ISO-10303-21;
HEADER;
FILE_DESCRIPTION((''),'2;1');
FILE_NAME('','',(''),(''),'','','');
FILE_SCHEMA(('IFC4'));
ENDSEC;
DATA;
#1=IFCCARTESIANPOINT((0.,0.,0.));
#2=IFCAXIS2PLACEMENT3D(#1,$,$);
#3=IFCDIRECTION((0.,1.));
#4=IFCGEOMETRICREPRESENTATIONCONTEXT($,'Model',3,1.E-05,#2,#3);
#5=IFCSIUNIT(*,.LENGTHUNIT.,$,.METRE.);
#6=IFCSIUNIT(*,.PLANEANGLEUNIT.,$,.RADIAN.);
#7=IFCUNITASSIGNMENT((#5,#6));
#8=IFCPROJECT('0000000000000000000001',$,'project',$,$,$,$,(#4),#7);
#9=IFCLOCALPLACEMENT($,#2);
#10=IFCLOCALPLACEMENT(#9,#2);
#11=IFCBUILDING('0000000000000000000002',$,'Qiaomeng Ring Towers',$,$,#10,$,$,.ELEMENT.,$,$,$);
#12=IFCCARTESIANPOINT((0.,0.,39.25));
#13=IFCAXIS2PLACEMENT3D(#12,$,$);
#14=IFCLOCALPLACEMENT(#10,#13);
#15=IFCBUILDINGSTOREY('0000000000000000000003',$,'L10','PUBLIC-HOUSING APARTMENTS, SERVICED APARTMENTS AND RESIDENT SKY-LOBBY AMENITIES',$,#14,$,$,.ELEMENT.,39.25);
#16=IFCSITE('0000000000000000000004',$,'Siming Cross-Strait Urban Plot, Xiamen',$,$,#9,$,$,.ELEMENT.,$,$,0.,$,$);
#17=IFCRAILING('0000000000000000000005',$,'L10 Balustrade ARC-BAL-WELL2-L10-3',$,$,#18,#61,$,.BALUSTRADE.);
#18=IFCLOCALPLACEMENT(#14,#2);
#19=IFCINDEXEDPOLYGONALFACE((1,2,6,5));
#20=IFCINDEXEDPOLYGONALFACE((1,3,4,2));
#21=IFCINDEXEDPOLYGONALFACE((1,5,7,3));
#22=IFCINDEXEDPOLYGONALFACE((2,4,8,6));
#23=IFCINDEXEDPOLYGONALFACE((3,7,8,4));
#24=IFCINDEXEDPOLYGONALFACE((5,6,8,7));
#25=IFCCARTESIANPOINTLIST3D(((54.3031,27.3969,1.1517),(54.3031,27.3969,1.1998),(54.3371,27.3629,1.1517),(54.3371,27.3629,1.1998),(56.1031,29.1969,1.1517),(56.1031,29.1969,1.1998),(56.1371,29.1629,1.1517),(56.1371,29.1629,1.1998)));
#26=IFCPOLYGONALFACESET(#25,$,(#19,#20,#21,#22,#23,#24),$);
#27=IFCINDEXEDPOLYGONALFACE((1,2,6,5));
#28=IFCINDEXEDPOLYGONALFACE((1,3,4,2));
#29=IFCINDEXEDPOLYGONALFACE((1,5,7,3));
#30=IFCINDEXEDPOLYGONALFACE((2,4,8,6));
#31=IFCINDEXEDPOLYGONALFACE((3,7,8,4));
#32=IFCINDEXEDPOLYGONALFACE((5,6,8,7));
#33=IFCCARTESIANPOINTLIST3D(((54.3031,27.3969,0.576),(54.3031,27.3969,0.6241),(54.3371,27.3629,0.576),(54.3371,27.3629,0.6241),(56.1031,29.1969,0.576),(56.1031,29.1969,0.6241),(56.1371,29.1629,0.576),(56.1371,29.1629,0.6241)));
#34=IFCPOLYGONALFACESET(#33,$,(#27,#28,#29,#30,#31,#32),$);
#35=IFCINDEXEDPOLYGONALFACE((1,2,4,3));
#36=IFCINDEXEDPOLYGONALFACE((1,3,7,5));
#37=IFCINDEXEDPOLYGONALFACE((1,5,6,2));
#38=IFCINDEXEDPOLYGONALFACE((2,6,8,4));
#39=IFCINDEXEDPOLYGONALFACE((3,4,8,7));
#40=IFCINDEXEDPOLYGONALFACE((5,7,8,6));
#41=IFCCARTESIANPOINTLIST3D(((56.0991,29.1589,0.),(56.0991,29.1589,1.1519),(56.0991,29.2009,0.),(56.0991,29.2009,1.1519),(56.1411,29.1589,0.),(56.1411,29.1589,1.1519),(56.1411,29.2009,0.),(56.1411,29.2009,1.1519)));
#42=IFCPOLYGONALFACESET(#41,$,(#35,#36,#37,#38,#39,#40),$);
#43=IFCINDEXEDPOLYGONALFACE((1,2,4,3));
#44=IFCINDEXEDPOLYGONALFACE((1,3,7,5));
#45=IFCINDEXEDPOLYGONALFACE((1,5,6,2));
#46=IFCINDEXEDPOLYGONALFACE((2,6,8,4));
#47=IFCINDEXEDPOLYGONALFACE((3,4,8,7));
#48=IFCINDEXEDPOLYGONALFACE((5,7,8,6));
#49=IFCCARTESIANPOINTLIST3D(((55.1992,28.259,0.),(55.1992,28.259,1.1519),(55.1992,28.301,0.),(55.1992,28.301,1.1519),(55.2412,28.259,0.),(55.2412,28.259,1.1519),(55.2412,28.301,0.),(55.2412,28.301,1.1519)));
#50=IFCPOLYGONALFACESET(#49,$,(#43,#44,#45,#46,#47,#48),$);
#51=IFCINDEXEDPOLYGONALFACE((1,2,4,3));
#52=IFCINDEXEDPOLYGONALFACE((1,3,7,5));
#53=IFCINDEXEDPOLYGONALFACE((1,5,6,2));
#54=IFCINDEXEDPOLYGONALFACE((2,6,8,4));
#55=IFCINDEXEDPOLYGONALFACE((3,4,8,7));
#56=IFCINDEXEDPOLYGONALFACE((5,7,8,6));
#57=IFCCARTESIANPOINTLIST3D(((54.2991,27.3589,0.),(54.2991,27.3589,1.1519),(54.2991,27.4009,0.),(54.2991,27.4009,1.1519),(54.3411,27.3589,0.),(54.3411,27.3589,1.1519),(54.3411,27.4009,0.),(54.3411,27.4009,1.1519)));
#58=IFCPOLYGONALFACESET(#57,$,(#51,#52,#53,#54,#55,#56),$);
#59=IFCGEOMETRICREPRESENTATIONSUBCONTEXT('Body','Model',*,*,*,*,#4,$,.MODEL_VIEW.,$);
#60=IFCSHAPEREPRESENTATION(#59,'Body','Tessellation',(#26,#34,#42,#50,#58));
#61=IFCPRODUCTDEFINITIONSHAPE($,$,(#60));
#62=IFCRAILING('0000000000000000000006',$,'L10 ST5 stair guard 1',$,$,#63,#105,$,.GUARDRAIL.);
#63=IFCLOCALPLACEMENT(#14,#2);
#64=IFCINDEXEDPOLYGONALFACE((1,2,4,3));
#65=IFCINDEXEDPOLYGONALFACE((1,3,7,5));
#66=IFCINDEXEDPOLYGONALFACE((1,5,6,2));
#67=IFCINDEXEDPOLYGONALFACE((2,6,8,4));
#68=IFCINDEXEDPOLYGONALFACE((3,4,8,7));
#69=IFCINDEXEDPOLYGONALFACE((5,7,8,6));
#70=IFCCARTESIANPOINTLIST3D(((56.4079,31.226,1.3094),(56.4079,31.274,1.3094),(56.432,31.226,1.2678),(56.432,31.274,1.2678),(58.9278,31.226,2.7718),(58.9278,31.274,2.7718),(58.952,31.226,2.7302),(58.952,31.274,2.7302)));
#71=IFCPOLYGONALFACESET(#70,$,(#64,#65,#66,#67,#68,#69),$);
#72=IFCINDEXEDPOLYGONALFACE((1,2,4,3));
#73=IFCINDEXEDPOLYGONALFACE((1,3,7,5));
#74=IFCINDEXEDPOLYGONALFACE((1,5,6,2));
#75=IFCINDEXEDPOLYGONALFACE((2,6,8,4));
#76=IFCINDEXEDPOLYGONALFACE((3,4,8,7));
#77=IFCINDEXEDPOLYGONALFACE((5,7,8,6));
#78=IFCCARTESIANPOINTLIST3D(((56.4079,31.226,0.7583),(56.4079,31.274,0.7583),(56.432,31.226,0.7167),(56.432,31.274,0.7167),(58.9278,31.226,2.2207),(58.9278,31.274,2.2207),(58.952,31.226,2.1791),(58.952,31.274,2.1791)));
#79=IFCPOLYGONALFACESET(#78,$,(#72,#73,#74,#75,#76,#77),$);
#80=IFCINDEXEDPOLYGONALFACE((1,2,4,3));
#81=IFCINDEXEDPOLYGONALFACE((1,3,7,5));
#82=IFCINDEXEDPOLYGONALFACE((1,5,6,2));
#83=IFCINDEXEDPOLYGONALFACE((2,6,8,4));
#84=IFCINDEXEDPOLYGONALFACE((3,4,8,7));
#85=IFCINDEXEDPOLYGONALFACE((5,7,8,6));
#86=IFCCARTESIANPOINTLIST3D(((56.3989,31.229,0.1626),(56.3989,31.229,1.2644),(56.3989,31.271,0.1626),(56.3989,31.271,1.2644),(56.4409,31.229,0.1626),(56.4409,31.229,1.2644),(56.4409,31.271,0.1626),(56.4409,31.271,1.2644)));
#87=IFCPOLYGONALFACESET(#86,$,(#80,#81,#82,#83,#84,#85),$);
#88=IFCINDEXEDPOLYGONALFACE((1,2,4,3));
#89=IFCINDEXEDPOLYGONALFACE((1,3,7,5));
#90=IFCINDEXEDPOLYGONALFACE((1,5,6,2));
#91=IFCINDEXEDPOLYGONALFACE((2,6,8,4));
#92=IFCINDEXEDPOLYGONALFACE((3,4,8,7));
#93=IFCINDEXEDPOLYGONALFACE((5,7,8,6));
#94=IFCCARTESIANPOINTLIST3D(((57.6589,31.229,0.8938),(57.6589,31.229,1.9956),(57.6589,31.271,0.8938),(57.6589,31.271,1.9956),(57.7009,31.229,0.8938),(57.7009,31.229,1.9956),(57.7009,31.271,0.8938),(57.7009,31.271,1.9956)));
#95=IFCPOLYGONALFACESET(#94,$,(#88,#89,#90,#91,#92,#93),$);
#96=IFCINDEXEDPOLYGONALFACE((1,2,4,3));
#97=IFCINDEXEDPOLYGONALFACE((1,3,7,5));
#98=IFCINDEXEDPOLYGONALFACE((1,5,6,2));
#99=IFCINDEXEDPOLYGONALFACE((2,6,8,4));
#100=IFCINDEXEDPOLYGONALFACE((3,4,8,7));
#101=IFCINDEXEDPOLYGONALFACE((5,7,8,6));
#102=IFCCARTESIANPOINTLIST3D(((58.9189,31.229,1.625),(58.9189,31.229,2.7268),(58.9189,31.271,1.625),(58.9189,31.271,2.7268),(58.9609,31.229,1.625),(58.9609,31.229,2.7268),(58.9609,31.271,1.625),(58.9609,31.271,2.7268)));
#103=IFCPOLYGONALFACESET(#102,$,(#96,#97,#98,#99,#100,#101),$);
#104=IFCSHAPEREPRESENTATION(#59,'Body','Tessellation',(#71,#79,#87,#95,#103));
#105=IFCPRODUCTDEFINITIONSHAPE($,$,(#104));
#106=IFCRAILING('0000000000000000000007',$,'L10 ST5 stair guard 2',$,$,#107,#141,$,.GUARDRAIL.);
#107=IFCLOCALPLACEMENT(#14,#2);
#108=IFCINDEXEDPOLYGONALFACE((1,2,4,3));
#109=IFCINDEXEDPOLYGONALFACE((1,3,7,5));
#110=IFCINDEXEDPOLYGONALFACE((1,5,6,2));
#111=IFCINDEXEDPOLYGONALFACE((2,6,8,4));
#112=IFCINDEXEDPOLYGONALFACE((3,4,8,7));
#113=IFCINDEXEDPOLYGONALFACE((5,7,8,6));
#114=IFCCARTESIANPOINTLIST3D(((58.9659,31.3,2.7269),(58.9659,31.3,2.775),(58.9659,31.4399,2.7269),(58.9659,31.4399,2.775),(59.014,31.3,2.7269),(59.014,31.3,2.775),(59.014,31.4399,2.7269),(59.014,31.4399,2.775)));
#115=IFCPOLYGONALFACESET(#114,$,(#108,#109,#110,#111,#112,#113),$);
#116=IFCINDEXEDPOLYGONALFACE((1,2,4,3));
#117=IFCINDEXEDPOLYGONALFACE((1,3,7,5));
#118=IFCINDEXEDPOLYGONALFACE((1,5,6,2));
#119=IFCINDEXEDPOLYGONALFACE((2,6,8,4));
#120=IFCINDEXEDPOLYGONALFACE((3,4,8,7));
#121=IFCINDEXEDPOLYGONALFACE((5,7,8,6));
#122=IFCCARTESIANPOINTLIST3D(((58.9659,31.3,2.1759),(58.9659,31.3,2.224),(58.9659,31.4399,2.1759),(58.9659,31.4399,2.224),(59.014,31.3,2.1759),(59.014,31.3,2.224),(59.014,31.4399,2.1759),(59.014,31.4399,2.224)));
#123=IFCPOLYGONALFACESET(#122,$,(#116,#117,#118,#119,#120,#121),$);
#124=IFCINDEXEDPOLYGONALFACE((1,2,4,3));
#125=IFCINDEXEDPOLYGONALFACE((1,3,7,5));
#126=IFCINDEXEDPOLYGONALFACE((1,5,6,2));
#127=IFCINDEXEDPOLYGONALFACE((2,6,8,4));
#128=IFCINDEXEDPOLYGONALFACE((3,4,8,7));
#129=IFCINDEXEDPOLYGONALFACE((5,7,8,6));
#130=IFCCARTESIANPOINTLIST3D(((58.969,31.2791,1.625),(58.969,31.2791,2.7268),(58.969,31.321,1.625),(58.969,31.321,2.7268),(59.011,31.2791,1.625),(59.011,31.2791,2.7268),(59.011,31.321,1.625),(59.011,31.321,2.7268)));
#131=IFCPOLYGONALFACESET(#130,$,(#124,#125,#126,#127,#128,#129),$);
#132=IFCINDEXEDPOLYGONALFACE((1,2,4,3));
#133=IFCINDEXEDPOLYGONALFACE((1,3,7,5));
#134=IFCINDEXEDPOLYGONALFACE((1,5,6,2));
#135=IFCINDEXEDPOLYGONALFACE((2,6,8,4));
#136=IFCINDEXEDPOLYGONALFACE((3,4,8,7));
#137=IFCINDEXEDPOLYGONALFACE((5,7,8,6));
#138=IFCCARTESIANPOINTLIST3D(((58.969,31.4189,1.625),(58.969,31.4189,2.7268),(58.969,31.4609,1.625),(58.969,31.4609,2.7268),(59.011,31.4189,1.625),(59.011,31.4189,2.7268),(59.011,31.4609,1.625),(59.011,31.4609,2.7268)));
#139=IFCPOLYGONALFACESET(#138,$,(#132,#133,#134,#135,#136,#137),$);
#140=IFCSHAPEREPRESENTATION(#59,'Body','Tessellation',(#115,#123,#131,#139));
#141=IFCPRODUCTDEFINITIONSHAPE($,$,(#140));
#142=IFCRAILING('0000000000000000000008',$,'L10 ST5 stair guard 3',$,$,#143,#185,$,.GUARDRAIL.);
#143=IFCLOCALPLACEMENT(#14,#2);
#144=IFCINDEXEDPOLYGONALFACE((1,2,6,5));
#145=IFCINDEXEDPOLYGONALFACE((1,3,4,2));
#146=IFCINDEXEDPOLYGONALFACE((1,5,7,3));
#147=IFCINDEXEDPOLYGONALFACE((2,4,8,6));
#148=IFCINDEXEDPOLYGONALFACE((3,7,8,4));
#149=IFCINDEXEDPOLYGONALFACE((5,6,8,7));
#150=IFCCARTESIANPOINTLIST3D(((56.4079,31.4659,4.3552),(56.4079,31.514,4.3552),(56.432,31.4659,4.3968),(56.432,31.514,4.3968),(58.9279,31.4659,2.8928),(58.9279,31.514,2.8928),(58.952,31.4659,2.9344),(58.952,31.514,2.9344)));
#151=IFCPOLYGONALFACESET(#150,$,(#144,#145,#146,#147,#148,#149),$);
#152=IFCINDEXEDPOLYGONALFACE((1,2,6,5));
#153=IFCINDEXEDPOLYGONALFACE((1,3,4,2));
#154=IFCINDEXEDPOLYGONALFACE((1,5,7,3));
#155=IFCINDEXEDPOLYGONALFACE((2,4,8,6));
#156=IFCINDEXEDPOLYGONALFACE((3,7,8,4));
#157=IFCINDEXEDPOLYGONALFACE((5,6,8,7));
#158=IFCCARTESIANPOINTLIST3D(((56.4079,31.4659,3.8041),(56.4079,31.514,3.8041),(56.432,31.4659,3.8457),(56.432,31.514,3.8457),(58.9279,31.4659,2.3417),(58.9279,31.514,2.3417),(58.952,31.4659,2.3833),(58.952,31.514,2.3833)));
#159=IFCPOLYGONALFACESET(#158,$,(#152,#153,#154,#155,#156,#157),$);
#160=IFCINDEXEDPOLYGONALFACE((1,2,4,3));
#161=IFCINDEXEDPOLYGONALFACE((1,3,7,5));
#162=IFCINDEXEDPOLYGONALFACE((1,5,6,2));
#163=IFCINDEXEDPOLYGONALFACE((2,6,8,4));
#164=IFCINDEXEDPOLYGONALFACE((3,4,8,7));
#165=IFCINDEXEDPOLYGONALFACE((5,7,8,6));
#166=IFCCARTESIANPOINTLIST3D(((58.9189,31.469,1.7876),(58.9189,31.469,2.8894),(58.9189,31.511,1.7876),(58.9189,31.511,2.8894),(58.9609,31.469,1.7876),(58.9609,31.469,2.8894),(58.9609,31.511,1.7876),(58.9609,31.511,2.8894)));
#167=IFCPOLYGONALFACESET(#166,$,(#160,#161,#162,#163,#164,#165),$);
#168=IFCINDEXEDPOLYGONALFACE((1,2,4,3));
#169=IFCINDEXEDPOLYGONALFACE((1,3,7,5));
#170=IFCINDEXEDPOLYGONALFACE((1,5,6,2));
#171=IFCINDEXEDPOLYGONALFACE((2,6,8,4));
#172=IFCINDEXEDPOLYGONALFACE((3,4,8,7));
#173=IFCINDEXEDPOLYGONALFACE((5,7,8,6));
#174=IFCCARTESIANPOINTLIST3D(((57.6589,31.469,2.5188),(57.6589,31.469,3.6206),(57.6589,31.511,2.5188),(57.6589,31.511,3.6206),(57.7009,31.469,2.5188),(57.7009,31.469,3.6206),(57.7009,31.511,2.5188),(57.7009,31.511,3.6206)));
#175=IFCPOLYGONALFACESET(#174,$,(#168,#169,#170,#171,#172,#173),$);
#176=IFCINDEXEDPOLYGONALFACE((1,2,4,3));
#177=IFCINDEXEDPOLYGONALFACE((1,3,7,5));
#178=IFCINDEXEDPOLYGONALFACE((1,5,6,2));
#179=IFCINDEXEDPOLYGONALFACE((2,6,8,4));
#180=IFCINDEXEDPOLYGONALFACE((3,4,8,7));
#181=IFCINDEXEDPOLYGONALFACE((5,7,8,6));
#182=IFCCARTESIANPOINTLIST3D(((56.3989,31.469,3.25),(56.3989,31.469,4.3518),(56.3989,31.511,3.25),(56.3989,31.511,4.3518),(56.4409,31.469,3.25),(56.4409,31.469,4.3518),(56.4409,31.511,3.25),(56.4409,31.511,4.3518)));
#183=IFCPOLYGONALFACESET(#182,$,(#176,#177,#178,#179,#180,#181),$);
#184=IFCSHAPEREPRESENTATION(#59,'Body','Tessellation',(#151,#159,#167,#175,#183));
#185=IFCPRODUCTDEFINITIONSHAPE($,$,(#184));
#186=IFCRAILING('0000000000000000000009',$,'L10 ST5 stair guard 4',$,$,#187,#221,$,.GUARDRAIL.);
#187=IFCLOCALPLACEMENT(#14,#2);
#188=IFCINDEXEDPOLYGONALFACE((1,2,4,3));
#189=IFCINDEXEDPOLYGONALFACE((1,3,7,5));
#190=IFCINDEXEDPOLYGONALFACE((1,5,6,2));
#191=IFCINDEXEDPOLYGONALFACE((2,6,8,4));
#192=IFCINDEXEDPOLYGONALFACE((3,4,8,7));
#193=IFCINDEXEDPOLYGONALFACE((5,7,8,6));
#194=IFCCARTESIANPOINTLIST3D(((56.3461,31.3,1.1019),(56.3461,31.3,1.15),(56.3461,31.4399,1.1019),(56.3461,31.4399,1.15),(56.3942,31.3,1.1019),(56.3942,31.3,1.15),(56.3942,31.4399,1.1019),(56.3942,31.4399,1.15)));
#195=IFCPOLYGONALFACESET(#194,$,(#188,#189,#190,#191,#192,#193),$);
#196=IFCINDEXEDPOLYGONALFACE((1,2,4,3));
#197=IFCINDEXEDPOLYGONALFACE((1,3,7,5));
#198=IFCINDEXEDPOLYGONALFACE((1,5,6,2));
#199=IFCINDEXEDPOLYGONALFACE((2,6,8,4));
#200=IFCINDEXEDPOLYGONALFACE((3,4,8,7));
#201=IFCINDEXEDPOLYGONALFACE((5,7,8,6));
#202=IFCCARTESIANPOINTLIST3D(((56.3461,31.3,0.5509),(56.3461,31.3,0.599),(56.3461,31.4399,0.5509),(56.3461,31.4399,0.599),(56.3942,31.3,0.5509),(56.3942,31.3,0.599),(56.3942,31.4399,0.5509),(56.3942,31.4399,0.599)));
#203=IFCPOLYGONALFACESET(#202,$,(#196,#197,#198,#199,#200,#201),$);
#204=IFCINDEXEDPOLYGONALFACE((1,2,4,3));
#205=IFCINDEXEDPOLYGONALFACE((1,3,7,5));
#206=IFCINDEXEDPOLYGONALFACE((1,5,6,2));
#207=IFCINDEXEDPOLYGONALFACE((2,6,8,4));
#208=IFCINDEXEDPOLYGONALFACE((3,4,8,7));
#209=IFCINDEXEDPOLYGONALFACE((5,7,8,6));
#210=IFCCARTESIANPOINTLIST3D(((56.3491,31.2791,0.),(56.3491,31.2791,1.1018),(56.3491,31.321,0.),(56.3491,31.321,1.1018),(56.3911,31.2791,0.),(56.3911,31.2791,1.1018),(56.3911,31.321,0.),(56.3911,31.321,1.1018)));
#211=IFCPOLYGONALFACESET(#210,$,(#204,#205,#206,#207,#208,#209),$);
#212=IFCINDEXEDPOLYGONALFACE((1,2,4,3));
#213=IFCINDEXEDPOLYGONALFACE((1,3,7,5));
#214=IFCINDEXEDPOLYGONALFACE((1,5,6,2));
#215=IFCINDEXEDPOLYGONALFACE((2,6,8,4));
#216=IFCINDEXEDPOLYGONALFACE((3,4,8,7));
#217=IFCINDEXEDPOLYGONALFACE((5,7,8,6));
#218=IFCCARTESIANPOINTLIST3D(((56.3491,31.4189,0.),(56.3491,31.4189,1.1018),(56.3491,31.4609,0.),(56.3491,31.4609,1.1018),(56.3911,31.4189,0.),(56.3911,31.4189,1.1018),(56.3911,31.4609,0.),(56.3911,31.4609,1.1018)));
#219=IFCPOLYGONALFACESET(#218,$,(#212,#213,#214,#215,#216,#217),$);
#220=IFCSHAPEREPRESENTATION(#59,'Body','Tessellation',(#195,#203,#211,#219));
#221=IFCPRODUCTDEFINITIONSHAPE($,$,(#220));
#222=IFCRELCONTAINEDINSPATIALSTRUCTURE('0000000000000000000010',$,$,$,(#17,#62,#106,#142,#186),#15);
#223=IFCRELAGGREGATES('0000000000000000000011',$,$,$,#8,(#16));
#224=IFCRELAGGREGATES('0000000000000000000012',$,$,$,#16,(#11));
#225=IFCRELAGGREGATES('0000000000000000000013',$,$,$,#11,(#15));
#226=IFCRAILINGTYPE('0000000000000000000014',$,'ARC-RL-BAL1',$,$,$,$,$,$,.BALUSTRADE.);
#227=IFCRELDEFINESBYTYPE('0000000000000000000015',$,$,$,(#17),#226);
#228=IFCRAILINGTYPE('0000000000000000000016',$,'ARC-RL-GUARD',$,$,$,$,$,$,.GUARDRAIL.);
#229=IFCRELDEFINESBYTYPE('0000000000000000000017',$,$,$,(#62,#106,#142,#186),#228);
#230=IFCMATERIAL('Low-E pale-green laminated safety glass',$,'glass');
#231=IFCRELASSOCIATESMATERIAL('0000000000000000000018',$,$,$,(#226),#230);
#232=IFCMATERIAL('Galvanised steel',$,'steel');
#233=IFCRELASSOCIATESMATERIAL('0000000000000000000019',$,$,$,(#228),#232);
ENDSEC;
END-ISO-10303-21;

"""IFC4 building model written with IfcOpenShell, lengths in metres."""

from ifc_helpers import new_model, si_unit, direction, frame, origin, origin_2d, place, context, subcontext, project, spatial, rectangle, extrude, material, type_object, element, save


model = new_model("IFC4")

# Units and contexts
model_context = context("Model", 3, precision=1e-05, world=origin(), true_north=direction((0.0, 1.0)))
body_context = subcontext(model_context, "Body", "Model", "MODEL_VIEW")
ifc_project = project(units=[si_unit("LENGTHUNIT", "METRE"), si_unit("PLANEANGLEUNIT", "RADIAN")], contexts=[model_context])

# Site, building, storey
site_placement = place(None, origin())
site = spatial("IfcSite", under=ifc_project, at=site_placement, Name="Siming Cross-Strait Urban Plot, Xiamen", CompositionType="ELEMENT", RefElevation=0.0)
building_placement = place(site_placement, origin())
building = spatial("IfcBuilding", under=site, at=building_placement, Name="Qiaomeng Ring Towers", CompositionType="ELEMENT")
storey_placement = place(building_placement, frame((0.0, 0.0, 39.25)))
storey = spatial("IfcBuildingStorey", under=building, at=storey_placement, Name="L10", Description="PUBLIC-HOUSING APARTMENTS, SERVICED APARTMENTS AND RESIDENT SKY-LOBBY AMENITIES", CompositionType="ELEMENT", Elevation=39.25)

# Railings
ifc_material_1 = material(Name="Low-E pale-green laminated safety glass", Category="glass")
railing_type_1 = type_object("IfcRailingType", Name="ARC-RL-BAL1", PredefinedType="BALUSTRADE", material=ifc_material_1)
railing_1_placement = place(storey_placement, frame((56.1201, 29.1799, 0.0)))
element("IfcRailing", 1, at=railing_1_placement, inside=storey, type_object=railing_type_1, Name="L10 Balustrade ARC-BAL-WELL2-L10-3", PredefinedType="BALUSTRADE", context=body_context, shape_type="SweptSolid", body=[
    extrude(rectangle(XDim=0.0481, YDim=0.0481, at=origin_2d()), frame((0.0, 0.0, 1.1758), z_axis=(-0.707107, -0.707107, 0.0), x_axis=(0.707107, -0.707107, 0.0)), (0.0, 0.0, 1.0), 2.5457),
    extrude(rectangle(XDim=0.0481, YDim=0.0481, at=origin_2d()), frame((0.0, 0.0, 0.6001), z_axis=(-0.707107, -0.707107, 0.0), x_axis=(0.707107, -0.707107, 0.0)), (0.0, 0.0, 1.0), 2.5457),
    extrude(rectangle(XDim=0.042, YDim=0.042, at=origin_2d()), origin(), (0.0, 0.0, 1.0), 1.1519),
    extrude(rectangle(XDim=0.042, YDim=0.042, at=origin_2d()), frame((-0.8999, -0.8999, 0.0)), (0.0, 0.0, 1.0), 1.1519),
    extrude(rectangle(XDim=0.042, YDim=0.042, at=origin_2d()), frame((-1.8, -1.8, 0.0)), (0.0, 0.0, 1.0), 1.1519),
])
ifc_material_2 = material(Name="Galvanised steel", Category="steel")
railing_type_2 = type_object("IfcRailingType", Name="ARC-RL-GUARD", PredefinedType="GUARDRAIL", material=ifc_material_2)
railing_2_placement = place(storey_placement, frame((56.4199, 31.25, 0.1626)))
element("IfcRailing", 2, at=railing_2_placement, inside=storey, type_object=railing_type_2, Name="L10 ST5 stair guard 1", PredefinedType="GUARDRAIL", context=body_context, shape_type="SweptSolid", body=[
    extrude(rectangle(XDim=0.0481, YDim=0.0481, at=origin_2d()), frame((0.0, 0.0, 1.126), z_axis=(0.864913, 0.0, 0.501921), x_axis=(0.0, 1.0, 0.0)), (0.0, 0.0, 1.0), 2.9136),
    extrude(rectangle(XDim=0.0481, YDim=0.0481, at=origin_2d()), frame((0.0, 0.0, 0.575), z_axis=(0.864913, 0.0, 0.501921), x_axis=(0.0, 1.0, 0.0)), (0.0, 0.0, 1.0), 2.9136),
    extrude(rectangle(XDim=0.042, YDim=0.042, at=origin_2d()), origin(), (0.0, 0.0, 1.0), 1.1018),
    extrude(rectangle(XDim=0.042, YDim=0.042, at=origin_2d()), frame((1.26, 0.0, 0.7312)), (0.0, 0.0, 1.0), 1.1018),
    extrude(rectangle(XDim=0.042, YDim=0.042, at=origin_2d()), frame((2.52, 0.0, 1.4624)), (0.0, 0.0, 1.0), 1.1018),
])
railing_3_placement = place(storey_placement, frame((58.99, 31.3, 1.625)))
element("IfcRailing", 3, at=railing_3_placement, inside=storey, type_object=railing_type_2, Name="L10 ST5 stair guard 2", PredefinedType="GUARDRAIL", context=body_context, shape_type="SweptSolid", body=[
    extrude(rectangle(XDim=0.0481, YDim=0.0481, at=origin_2d()), frame((0.0, 0.0, 1.126), z_axis=(0.0, 1.0, 0.0), x_axis=(-1.0, 0.0, 0.0)), (0.0, 0.0, 1.0), 0.1399),
    extrude(rectangle(XDim=0.0481, YDim=0.0481, at=origin_2d()), frame((0.0, 0.0, 0.575), z_axis=(0.0, 1.0, 0.0), x_axis=(-1.0, 0.0, 0.0)), (0.0, 0.0, 1.0), 0.1399),
    extrude(rectangle(XDim=0.042, YDim=0.042, at=origin_2d()), origin(), (0.0, 0.0, 1.0), 1.1018),
    extrude(rectangle(XDim=0.042, YDim=0.042, at=origin_2d()), frame((0.0, 0.1399, 0.0)), (0.0, 0.0, 1.0), 1.1018),
])
railing_4_placement = place(storey_placement, frame((58.9399, 31.49, 1.7876)))
element("IfcRailing", 4, at=railing_4_placement, inside=storey, type_object=railing_type_2, Name="L10 ST5 stair guard 3", PredefinedType="GUARDRAIL", context=body_context, shape_type="SweptSolid", body=[
    extrude(rectangle(XDim=0.0481, YDim=0.0481, at=origin_2d()), frame((0.0, 0.0, 1.126), z_axis=(-0.864913, 0.0, 0.501921), x_axis=(0.0, -1.0, 0.0)), (0.0, 0.0, 1.0), 2.9136),
    extrude(rectangle(XDim=0.0481, YDim=0.0481, at=origin_2d()), frame((0.0, 0.0, 0.575), z_axis=(-0.864913, 0.0, 0.501921), x_axis=(0.0, -1.0, 0.0)), (0.0, 0.0, 1.0), 2.9136),
    extrude(rectangle(XDim=0.042, YDim=0.042, at=origin_2d()), origin(), (0.0, 0.0, 1.0), 1.1018),
    extrude(rectangle(XDim=0.042, YDim=0.042, at=origin_2d()), frame((-1.26, 0.0, 0.7312)), (0.0, 0.0, 1.0), 1.1018),
    extrude(rectangle(XDim=0.042, YDim=0.042, at=origin_2d()), frame((-2.52, 0.0, 1.4624)), (0.0, 0.0, 1.0), 1.1018),
])
railing_5_placement = place(storey_placement, frame((56.3701, 31.3, 0.0)))
element("IfcRailing", 5, at=railing_5_placement, inside=storey, type_object=railing_type_2, Name="L10 ST5 stair guard 4", PredefinedType="GUARDRAIL", context=body_context, shape_type="SweptSolid", body=[
    extrude(rectangle(XDim=0.0481, YDim=0.0481, at=origin_2d()), frame((0.0, 0.0, 1.126), z_axis=(0.0, 1.0, 0.0), x_axis=(-1.0, 0.0, 0.0)), (0.0, 0.0, 1.0), 0.1399),
    extrude(rectangle(XDim=0.0481, YDim=0.0481, at=origin_2d()), frame((0.0, 0.0, 0.575), z_axis=(0.0, 1.0, 0.0), x_axis=(-1.0, 0.0, 0.0)), (0.0, 0.0, 1.0), 0.1399),
    extrude(rectangle(XDim=0.042, YDim=0.042, at=origin_2d()), origin(), (0.0, 0.0, 1.0), 1.1018),
    extrude(rectangle(XDim=0.042, YDim=0.042, at=origin_2d()), frame((0.0, 0.1399, 0.0)), (0.0, 0.0, 1.0), 1.1018),
])

save(model, "model.ifc")
